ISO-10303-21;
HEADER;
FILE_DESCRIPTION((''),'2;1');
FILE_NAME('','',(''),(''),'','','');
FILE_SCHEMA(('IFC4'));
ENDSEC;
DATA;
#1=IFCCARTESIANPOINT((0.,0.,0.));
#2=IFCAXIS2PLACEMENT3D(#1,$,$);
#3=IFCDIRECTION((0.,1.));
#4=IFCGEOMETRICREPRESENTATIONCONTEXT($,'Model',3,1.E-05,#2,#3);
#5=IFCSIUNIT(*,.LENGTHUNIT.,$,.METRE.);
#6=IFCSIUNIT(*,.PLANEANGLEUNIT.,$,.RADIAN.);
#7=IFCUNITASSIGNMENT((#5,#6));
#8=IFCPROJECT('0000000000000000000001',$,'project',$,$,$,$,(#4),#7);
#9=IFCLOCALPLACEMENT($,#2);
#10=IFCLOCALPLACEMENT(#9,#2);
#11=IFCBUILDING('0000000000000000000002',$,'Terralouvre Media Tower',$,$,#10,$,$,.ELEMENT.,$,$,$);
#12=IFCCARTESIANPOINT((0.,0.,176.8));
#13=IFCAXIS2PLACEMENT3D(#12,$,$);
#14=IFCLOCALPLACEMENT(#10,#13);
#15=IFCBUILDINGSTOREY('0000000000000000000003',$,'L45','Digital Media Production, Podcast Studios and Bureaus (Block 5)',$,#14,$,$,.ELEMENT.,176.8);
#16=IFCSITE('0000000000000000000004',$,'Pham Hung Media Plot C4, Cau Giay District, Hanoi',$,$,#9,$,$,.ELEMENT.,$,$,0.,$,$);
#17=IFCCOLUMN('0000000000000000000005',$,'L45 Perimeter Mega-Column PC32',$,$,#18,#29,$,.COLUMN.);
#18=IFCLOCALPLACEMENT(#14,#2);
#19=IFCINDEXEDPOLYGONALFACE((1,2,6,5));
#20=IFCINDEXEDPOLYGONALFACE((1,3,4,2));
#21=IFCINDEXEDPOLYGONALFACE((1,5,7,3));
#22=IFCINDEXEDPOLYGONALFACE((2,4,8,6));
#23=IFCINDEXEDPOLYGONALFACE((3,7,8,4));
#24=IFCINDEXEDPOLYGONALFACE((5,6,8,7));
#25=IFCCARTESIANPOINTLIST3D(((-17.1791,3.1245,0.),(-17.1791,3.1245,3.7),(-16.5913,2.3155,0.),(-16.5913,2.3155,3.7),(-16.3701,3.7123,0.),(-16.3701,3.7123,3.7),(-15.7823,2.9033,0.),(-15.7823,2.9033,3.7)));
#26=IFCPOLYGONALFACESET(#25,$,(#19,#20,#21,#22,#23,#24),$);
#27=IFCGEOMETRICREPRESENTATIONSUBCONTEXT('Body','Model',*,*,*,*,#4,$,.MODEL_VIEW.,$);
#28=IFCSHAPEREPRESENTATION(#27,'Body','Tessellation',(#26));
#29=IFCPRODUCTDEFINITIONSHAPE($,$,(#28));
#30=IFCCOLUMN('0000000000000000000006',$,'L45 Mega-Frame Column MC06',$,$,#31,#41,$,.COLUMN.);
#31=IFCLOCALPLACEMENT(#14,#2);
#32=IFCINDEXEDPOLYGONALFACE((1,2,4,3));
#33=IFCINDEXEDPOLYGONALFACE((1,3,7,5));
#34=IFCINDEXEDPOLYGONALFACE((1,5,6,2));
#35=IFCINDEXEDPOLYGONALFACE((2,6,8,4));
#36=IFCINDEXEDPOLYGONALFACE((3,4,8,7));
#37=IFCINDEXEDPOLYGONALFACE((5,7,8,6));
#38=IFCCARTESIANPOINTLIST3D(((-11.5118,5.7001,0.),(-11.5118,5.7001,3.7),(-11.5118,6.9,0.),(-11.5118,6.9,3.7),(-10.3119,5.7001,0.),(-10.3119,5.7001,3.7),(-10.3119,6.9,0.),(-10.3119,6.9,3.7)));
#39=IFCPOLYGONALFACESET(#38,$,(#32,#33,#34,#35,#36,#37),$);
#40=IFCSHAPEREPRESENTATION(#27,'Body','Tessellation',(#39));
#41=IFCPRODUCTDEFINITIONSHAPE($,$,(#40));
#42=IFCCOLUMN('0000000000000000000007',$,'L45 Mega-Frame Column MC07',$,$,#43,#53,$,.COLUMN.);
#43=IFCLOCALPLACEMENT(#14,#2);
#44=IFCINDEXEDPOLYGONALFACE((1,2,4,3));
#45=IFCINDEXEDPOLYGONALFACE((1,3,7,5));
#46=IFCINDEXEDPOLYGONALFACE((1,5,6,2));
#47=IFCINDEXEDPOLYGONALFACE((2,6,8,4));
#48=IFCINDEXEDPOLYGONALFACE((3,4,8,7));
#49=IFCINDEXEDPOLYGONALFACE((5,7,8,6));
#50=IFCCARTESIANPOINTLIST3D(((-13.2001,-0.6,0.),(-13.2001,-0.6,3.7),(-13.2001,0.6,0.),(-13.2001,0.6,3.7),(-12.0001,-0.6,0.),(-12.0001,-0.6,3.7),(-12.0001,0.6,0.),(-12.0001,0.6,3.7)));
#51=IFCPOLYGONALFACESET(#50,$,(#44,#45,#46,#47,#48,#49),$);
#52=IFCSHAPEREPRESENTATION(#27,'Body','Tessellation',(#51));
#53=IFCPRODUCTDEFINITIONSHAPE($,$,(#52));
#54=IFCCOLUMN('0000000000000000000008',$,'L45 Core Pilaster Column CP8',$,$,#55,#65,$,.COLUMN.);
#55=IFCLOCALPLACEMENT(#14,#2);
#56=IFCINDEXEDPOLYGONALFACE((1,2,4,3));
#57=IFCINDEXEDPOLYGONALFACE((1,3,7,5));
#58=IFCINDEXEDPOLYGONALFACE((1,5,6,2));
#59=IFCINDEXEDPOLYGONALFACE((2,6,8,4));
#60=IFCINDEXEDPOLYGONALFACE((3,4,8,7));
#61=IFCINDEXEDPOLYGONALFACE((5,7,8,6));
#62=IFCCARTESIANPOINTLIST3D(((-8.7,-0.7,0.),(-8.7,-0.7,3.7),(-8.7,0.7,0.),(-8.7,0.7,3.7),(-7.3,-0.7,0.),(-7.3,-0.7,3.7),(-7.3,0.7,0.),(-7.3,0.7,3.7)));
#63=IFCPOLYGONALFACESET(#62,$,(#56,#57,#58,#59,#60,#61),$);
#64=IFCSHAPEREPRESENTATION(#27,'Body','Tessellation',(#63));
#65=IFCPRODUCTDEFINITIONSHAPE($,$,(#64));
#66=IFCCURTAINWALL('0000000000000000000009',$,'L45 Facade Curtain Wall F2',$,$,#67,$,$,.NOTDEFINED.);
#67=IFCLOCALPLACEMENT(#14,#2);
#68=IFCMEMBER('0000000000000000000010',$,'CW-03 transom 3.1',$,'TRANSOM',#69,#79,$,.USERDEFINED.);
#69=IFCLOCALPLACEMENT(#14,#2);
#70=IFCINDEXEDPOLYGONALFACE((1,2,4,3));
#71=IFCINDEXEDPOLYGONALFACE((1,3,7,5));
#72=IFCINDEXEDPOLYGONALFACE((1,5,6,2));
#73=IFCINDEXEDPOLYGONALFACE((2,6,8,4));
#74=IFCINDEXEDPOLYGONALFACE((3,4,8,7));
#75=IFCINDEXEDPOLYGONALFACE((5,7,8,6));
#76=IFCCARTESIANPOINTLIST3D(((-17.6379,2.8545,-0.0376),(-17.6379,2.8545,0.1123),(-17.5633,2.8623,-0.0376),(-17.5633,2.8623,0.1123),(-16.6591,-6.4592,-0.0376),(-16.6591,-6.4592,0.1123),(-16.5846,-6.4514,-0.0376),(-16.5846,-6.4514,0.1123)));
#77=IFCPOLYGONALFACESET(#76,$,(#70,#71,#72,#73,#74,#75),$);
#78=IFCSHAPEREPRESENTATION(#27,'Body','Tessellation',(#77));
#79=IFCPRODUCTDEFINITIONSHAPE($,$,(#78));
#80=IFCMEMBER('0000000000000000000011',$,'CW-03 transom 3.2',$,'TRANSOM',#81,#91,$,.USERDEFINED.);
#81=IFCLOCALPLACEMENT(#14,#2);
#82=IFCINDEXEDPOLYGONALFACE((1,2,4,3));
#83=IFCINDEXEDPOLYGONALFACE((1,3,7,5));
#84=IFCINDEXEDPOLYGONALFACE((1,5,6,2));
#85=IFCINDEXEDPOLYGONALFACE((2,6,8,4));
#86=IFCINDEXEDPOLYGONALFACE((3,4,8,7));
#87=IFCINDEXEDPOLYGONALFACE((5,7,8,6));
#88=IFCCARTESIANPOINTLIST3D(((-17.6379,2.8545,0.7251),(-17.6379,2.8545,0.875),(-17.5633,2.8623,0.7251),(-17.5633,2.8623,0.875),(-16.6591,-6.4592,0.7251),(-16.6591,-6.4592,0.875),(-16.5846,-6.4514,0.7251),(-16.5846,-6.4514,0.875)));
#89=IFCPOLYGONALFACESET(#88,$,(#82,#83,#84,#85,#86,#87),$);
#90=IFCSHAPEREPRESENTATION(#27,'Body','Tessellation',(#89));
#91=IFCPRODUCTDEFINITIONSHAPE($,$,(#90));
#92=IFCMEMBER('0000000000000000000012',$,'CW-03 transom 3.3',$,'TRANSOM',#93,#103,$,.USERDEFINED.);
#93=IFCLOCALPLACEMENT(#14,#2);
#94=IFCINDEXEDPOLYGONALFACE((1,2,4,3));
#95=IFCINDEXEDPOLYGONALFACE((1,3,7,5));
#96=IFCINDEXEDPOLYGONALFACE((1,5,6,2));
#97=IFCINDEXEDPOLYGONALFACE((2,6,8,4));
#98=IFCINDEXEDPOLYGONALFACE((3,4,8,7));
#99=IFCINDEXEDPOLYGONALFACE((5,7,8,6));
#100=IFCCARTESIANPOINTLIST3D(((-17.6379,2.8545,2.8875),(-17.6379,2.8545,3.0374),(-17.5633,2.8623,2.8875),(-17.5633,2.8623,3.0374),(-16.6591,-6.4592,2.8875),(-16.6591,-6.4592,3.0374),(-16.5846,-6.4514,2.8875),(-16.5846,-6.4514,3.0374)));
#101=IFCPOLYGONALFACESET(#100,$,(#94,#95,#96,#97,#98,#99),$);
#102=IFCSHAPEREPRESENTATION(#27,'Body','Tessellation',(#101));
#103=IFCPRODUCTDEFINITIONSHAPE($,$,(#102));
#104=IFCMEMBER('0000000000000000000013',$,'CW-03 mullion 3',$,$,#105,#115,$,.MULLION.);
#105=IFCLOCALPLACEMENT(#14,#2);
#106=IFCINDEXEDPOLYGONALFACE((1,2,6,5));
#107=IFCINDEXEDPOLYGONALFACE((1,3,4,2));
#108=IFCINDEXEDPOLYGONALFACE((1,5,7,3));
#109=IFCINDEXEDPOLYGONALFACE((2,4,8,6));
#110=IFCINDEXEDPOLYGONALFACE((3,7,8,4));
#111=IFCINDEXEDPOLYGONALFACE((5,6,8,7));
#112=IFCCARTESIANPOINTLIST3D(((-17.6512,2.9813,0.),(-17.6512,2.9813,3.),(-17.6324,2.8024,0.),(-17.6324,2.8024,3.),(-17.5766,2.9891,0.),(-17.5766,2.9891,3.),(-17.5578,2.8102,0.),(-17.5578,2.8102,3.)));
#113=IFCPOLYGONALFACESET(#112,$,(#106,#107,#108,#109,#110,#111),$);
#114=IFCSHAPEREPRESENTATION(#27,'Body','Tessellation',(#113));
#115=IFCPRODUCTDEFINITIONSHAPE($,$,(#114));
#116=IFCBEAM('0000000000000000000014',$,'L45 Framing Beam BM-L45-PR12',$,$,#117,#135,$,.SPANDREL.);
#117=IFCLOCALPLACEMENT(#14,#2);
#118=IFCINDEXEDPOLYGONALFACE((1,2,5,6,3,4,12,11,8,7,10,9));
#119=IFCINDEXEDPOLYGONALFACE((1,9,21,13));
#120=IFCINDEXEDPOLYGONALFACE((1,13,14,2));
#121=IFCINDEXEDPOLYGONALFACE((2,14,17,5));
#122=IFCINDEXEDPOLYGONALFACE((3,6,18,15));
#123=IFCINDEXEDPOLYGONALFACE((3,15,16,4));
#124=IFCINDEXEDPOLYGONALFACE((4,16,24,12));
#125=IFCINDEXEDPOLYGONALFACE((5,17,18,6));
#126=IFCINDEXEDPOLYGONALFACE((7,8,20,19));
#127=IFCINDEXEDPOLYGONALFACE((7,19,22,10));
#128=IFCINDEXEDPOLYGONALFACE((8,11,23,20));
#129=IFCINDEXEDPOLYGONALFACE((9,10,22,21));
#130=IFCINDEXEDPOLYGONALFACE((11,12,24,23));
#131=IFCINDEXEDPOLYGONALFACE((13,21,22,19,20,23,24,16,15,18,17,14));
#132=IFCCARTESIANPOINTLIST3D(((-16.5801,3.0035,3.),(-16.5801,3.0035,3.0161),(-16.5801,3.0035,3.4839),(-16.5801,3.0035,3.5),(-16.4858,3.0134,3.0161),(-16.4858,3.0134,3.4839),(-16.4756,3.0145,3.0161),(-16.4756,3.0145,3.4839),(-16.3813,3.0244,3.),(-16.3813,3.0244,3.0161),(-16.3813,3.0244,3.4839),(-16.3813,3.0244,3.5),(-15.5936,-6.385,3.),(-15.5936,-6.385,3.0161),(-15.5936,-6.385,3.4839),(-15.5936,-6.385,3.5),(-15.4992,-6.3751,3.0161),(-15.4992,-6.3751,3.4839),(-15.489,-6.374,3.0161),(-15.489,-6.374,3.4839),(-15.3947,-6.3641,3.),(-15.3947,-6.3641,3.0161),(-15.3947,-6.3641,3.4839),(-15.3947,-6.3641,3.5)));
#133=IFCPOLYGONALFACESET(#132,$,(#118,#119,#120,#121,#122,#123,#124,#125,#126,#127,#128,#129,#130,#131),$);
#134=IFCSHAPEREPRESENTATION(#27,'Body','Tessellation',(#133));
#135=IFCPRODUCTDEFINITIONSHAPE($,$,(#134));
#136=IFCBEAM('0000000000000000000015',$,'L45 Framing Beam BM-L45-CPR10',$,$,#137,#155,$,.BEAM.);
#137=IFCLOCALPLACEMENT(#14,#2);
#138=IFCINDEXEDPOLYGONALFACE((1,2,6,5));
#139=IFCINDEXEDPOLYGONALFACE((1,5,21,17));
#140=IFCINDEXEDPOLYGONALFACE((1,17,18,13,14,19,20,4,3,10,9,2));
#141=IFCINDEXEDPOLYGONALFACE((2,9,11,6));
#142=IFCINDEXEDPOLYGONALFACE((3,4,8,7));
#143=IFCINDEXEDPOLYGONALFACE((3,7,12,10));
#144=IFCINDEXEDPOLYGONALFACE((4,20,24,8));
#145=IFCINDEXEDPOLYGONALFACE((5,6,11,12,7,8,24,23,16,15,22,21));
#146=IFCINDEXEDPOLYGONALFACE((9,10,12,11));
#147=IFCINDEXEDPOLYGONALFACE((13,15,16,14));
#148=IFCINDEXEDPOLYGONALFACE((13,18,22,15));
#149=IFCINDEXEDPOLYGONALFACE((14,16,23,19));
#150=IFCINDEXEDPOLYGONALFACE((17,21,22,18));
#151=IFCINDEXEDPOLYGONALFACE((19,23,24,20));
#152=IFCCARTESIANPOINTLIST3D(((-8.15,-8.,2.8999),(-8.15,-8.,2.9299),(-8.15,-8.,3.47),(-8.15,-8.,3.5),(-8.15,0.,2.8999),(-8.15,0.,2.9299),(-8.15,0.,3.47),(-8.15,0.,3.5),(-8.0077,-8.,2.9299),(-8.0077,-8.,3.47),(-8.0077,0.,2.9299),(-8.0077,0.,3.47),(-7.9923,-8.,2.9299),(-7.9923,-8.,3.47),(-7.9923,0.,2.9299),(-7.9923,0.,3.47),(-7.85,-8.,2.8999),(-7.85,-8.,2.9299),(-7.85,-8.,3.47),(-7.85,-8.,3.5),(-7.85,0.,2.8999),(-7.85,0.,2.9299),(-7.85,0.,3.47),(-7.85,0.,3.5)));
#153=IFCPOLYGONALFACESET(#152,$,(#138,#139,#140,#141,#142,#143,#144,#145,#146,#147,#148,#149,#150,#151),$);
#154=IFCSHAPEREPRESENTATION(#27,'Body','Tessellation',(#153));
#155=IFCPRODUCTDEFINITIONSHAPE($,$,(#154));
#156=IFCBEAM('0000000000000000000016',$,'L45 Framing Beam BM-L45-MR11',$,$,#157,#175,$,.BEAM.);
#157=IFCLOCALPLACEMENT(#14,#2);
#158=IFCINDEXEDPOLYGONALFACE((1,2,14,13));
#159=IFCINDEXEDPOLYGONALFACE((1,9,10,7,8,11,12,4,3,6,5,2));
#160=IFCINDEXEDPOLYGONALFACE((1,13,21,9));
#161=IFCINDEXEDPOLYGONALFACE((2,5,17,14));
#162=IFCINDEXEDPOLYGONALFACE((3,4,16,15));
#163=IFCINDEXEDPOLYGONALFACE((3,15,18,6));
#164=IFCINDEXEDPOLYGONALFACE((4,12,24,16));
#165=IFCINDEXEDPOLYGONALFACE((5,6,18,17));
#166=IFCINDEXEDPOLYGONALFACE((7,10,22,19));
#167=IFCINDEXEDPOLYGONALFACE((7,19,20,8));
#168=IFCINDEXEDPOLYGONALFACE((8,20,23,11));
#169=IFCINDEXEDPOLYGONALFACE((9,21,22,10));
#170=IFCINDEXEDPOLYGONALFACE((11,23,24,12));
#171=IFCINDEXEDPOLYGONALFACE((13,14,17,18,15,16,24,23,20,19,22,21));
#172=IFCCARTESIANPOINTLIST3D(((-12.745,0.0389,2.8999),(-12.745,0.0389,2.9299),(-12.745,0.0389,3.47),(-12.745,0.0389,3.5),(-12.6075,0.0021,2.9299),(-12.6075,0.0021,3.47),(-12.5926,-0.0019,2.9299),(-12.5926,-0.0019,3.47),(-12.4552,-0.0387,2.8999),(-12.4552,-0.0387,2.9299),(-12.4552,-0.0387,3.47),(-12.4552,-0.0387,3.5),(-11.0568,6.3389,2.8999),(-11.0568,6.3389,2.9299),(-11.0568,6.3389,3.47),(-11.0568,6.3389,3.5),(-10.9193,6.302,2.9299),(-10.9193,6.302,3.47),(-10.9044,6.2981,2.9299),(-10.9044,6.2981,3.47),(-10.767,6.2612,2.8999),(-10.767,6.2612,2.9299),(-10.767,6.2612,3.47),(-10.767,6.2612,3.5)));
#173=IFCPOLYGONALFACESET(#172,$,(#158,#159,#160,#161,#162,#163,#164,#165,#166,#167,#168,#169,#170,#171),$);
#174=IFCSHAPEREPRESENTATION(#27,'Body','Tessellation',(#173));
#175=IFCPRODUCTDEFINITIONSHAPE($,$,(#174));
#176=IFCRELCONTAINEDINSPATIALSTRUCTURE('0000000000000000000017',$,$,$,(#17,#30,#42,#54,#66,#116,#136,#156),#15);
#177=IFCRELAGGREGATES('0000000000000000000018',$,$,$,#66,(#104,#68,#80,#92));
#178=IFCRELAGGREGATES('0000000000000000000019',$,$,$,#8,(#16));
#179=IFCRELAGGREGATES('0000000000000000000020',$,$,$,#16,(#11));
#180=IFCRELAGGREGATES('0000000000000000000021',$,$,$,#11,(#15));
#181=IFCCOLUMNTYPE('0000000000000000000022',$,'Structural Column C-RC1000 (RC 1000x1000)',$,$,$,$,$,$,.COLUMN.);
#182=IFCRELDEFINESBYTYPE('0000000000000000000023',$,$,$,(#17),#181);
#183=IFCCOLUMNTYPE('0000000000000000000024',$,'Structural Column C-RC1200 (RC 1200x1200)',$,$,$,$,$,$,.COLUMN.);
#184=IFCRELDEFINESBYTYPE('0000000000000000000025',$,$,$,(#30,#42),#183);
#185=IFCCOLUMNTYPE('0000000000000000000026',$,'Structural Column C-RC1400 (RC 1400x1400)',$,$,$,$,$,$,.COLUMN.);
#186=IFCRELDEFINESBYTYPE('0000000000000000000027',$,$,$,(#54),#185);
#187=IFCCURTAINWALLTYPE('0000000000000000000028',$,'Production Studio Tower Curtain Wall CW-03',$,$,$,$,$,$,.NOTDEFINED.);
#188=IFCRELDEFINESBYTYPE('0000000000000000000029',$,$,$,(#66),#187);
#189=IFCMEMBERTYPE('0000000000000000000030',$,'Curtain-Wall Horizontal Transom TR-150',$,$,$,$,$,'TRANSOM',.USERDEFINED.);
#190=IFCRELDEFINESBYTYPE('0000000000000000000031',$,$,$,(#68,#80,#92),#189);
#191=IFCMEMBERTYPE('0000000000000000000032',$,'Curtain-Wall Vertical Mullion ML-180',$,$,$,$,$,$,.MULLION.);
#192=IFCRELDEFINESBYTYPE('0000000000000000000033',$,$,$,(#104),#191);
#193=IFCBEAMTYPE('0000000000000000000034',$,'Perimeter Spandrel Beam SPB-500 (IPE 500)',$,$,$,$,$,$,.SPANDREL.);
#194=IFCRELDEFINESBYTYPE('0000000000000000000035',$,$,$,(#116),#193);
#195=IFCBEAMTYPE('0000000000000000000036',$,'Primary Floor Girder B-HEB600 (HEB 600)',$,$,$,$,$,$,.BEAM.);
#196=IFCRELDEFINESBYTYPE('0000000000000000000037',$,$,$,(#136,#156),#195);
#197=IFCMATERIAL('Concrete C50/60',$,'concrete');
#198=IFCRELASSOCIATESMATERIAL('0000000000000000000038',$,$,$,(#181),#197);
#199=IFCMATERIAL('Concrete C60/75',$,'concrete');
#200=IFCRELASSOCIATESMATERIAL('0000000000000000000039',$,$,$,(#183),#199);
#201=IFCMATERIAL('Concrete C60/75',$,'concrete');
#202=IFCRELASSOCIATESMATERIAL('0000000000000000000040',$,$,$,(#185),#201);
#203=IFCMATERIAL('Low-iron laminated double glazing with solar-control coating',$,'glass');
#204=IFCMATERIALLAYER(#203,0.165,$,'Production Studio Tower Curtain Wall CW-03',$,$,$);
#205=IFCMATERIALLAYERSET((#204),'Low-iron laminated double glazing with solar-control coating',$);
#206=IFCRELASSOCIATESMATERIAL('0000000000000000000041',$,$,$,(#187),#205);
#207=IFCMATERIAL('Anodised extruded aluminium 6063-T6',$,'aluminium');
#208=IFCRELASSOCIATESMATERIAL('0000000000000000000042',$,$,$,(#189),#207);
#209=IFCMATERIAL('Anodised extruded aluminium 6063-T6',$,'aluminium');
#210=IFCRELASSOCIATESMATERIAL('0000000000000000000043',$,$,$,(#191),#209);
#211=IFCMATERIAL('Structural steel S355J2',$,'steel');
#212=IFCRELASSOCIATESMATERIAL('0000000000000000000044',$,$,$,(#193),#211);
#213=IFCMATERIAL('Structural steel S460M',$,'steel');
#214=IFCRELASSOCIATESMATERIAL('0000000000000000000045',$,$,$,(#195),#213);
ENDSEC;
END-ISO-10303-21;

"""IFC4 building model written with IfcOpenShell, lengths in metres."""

from ifc_helpers import new_model, si_unit, direction, frame, origin, origin_2d, place, context, subcontext, project, spatial, rectangle, i_section, extrude, material, layer, layer_set, material_profile, profile_set, type_object, element, aggregate, save


model = new_model("IFC4")

# Units and contexts
model_context = context("Model", 3, precision=1e-05, world=origin(), true_north=direction((0.0, 1.0)))
body_context = subcontext(model_context, "Body", "Model", "MODEL_VIEW")
ifc_project = project(units=[si_unit("LENGTHUNIT", "METRE"), si_unit("PLANEANGLEUNIT", "RADIAN")], contexts=[model_context])

# Site, building, storey
site_placement = place(None, origin())
site = spatial("IfcSite", under=ifc_project, at=site_placement, Name="Pham Hung Media Plot C4, Cau Giay District, Hanoi", CompositionType="ELEMENT", RefElevation=0.0)
building_placement = place(site_placement, origin())
building = spatial("IfcBuilding", under=site, at=building_placement, Name="Terralouvre Media Tower", CompositionType="ELEMENT")
storey_placement = place(building_placement, frame((0.0, 0.0, 176.8)))
storey = spatial("IfcBuildingStorey", under=building, at=storey_placement, Name="L45", Description="Digital Media Production, Podcast Studios and Bureaus (Block 5)", CompositionType="ELEMENT", Elevation=176.8)

# Columns
ifc_material_1 = material(Name="Concrete C50/60", Category="concrete")
ifc_material_profile_1 = material_profile(ifc_material_1, rectangle(XDim=1.0, YDim=1.0, at=origin_2d()), Name="RC 1000x1000")
ifc_profile_set_1 = profile_set([ifc_material_profile_1], Name="Concrete C50/60")
column_type_1 = type_object("IfcColumnType", Name="Structural Column C-RC1000 (RC 1000x1000)", PredefinedType="COLUMN", material=ifc_profile_set_1)
column_1_placement = place(storey_placement, frame((-16.4807, 3.0139, 0.0), z_axis=(0.0, 0.0, 1.0), x_axis=(0.809017, 0.587785, 0.0)))
element("IfcColumn", 1, at=column_1_placement, inside=storey, type_object=column_type_1, Name="L45 Perimeter Mega-Column PC32", PredefinedType="COLUMN", context=body_context, shape_type="SweptSolid", body=[
    extrude(rectangle(XDim=1.0, YDim=1.0, at=origin_2d()), origin(), (0.0, 0.0, 1.0), 3.7),
])
ifc_material_2 = material(Name="Concrete C60/75", Category="concrete")
ifc_material_profile_2 = material_profile(ifc_material_2, rectangle(XDim=1.2, YDim=1.2, at=origin_2d()), Name="RC 1200x1200")
ifc_profile_set_2 = profile_set([ifc_material_profile_2], Name="Concrete C60/75")
column_type_2 = type_object("IfcColumnType", Name="Structural Column C-RC1200 (RC 1200x1200)", PredefinedType="COLUMN", material=ifc_profile_set_2)
for number, where, z_axis, x_axis, name in (
    (2, (-10.9119, 6.3, 0.0), (0.0, 0.0, 1.0), (1.0, 0.0, 0.0), "L45 Mega-Frame Column MC06"),
    (3, (-12.6001, 0.0, 0.0), (0.0, 0.0, 1.0), (1.0, 0.0, 0.0), "L45 Mega-Frame Column MC07"),
):
    element("IfcColumn", number, at=place(storey_placement, frame(where, z_axis=z_axis, x_axis=x_axis)), inside=storey, type_object=column_type_2, Name=name, PredefinedType="COLUMN", context=body_context, shape_type="SweptSolid", body=[
        extrude(rectangle(XDim=1.2, YDim=1.2, at=origin_2d()), origin(), (0.0, 0.0, 1.0), 3.7),
    ])
ifc_material_3 = material(Name="Concrete C60/75", Category="concrete")
ifc_material_profile_3 = material_profile(ifc_material_3, rectangle(XDim=1.3999, YDim=1.3999, at=origin_2d()), Name="RC 1400x1400")
ifc_profile_set_3 = profile_set([ifc_material_profile_3], Name="Concrete C60/75")
column_type_3 = type_object("IfcColumnType", Name="Structural Column C-RC1400 (RC 1400x1400)", PredefinedType="COLUMN", material=ifc_profile_set_3)
column_2_placement = place(storey_placement, frame((-8.0, 0.0, 0.0), z_axis=(0.0, 0.0, 1.0), x_axis=(1.0, 0.0, 0.0)))
element("IfcColumn", 4, at=column_2_placement, inside=storey, type_object=column_type_3, Name="L45 Core Pilaster Column CP8", PredefinedType="COLUMN", context=body_context, shape_type="SweptSolid", body=[
    extrude(rectangle(XDim=1.3999, YDim=1.3999, at=origin_2d()), origin(), (0.0, 0.0, 1.0), 3.7),
])

# Curtain wall, members
ifc_material_4 = material(Name="Low-iron laminated double glazing with solar-control coating", Category="glass")
ifc_layer_1 = layer(ifc_material_4, 0.165, Name="Production Studio Tower Curtain Wall CW-03")
ifc_layer_set_1 = layer_set([ifc_layer_1], Name="Low-iron laminated double glazing with solar-control coating")
curtain_wall_type = type_object("IfcCurtainWallType", Name="Production Studio Tower Curtain Wall CW-03", PredefinedType="NOTDEFINED", material=ifc_layer_set_1)
curtain_wall_placement = place(storey_placement, origin())
curtain_wall = element("IfcCurtainWall", 5, at=curtain_wall_placement, inside=storey, type_object=curtain_wall_type, Name="L45 Facade Curtain Wall F2", PredefinedType="NOTDEFINED")
ifc_material_5 = material(Name="Anodised extruded aluminium 6063-T6", Category="aluminium")
ifc_material_profile_4 = material_profile(ifc_material_5, rectangle(XDim=0.075, YDim=0.1499, at=origin_2d()), Name="ALU 75x150")
ifc_profile_set_4 = profile_set([ifc_material_profile_4], Name="Anodised extruded aluminium 6063-T6")
member_type_1 = type_object("IfcMemberType", Name="Curtain-Wall Horizontal Transom TR-150", ElementType="TRANSOM", PredefinedType="USERDEFINED", material=ifc_profile_set_4)
member_1_placement = place(storey_placement, frame((-17.6006, 2.8584, 0.0374), z_axis=(0.104512, -0.994524, 0.0), x_axis=(0.994524, 0.104512, 0.0)))
member_1 = element("IfcMember", 6, at=member_1_placement, type_object=member_type_1, Name="CW-03 transom 3.1", ObjectType="TRANSOM", PredefinedType="USERDEFINED", context=body_context, shape_type="SweptSolid", body=[
    extrude(rectangle(XDim=0.075, YDim=0.1499, at=origin_2d()), origin(), (0.0, 0.0, 1.0), 9.365),
])
member_2_placement = place(storey_placement, frame((-17.6006, 2.8584, 0.8), z_axis=(0.104512, -0.994524, 0.0), x_axis=(0.994524, 0.104512, 0.0)))
member_2 = element("IfcMember", 7, at=member_2_placement, type_object=member_type_1, Name="CW-03 transom 3.2", ObjectType="TRANSOM", PredefinedType="USERDEFINED", context=body_context, shape_type="SweptSolid", body=[
    extrude(rectangle(XDim=0.075, YDim=0.1499, at=origin_2d()), origin(), (0.0, 0.0, 1.0), 9.365),
])
member_3_placement = place(storey_placement, frame((-17.6006, 2.8584, 2.9624), z_axis=(0.104512, -0.994524, 0.0), x_axis=(0.994524, 0.104512, 0.0)))
member_3 = element("IfcMember", 8, at=member_3_placement, type_object=member_type_1, Name="CW-03 transom 3.3", ObjectType="TRANSOM", PredefinedType="USERDEFINED", context=body_context, shape_type="SweptSolid", body=[
    extrude(rectangle(XDim=0.075, YDim=0.1499, at=origin_2d()), origin(), (0.0, 0.0, 1.0), 9.365),
])
ifc_material_6 = material(Name="Anodised extruded aluminium 6063-T6", Category="aluminium")
ifc_material_profile_5 = material_profile(ifc_material_6, rectangle(XDim=0.075, YDim=0.1799, at=origin_2d()), Name="ALU 75x180")
ifc_profile_set_5 = profile_set([ifc_material_profile_5], Name="Anodised extruded aluminium 6063-T6")
member_type_2 = type_object("IfcMemberType", Name="Curtain-Wall Vertical Mullion ML-180", PredefinedType="MULLION", material=ifc_profile_set_5)
member_4_placement = place(storey_placement, frame((-17.6045, 2.8958, 0.0), z_axis=(0.0, 0.0, 1.0), x_axis=(0.994522, 0.104528, 0.0)))
member_4 = element("IfcMember", 9, at=member_4_placement, type_object=member_type_2, Name="CW-03 mullion 3", PredefinedType="MULLION", context=body_context, shape_type="SweptSolid", body=[
    extrude(rectangle(XDim=0.075, YDim=0.1799, at=origin_2d()), origin(), (0.0, 0.0, 1.0), 3.0),
])

# Beams
ifc_material_7 = material(Name="Structural steel S355J2", Category="steel")
ifc_material_profile_6 = material_profile(ifc_material_7, i_section(OverallWidth=0.2, OverallDepth=0.5, WebThickness=0.0103, FlangeThickness=0.0161, at=origin_2d()), Name="IPE 500")
ifc_profile_set_6 = profile_set([ifc_material_profile_6], Name="Structural steel S355J2")
beam_type_1 = type_object("IfcBeamType", Name="Perimeter Spandrel Beam SPB-500 (IPE 500)", PredefinedType="SPANDREL", material=ifc_profile_set_6)
beam_1_placement = place(storey_placement, frame((-16.4807, 3.0139, 3.25), z_axis=(0.104508, -0.994524, 0.0), x_axis=(0.994524, 0.104508, 0.0)))
element("IfcBeam", 10, at=beam_1_placement, inside=storey, type_object=beam_type_1, Name="L45 Framing Beam BM-L45-PR12", PredefinedType="SPANDREL", context=body_context, shape_type="SweptSolid", body=[
    extrude(i_section(OverallWidth=0.2, OverallDepth=0.5, WebThickness=0.0103, FlangeThickness=0.0161, at=origin_2d()), origin(), (0.0, 0.0, 1.0), 9.4402),
])
ifc_material_8 = material(Name="Structural steel S460M", Category="steel")
ifc_material_profile_7 = material_profile(ifc_material_8, i_section(OverallWidth=0.3, OverallDepth=0.6001, WebThickness=0.0154, FlangeThickness=0.03, at=origin_2d()), Name="HEB 600")
ifc_profile_set_7 = profile_set([ifc_material_profile_7], Name="Structural steel S460M")
beam_type_2 = type_object("IfcBeamType", Name="Primary Floor Girder B-HEB600 (HEB 600)", PredefinedType="BEAM", material=ifc_profile_set_7)
beam_2_placement = place(storey_placement, frame((-8.0, 0.0, 3.2), z_axis=(0.0, -1.0, 0.0), x_axis=(1.0, 0.0, 0.0)))
element("IfcBeam", 11, at=beam_2_placement, inside=storey, type_object=beam_type_2, Name="L45 Framing Beam BM-L45-CPR10", PredefinedType="BEAM", context=body_context, shape_type="SweptSolid", body=[
    extrude(i_section(OverallWidth=0.3, OverallDepth=0.6001, WebThickness=0.0154, FlangeThickness=0.03, at=origin_2d()), origin(), (0.0, 0.0, 1.0), 8.0),
])
for number, where, z_axis, x_axis, name in (
    (12, (-10.9119, 6.3, 3.2), (-0.258839, -0.96592, 0.0), (0.96592, -0.258839, 0.0), "L45 Framing Beam BM-L45-MR11"),
):
    element("IfcBeam", number, at=place(storey_placement, frame(where, z_axis=z_axis, x_axis=x_axis)), inside=storey, type_object=beam_type_2, Name=name, PredefinedType="BEAM", context=body_context, shape_type="SweptSolid", body=[
        extrude(i_section(OverallWidth=0.3, OverallDepth=0.6001, WebThickness=0.0154, FlangeThickness=0.03, at=origin_2d()), origin(), (0.0, 0.0, 1.0), 6.5222),
    ])

aggregate(curtain_wall, [member_4, member_1, member_2, member_3])

save(model, "model.ifc")
